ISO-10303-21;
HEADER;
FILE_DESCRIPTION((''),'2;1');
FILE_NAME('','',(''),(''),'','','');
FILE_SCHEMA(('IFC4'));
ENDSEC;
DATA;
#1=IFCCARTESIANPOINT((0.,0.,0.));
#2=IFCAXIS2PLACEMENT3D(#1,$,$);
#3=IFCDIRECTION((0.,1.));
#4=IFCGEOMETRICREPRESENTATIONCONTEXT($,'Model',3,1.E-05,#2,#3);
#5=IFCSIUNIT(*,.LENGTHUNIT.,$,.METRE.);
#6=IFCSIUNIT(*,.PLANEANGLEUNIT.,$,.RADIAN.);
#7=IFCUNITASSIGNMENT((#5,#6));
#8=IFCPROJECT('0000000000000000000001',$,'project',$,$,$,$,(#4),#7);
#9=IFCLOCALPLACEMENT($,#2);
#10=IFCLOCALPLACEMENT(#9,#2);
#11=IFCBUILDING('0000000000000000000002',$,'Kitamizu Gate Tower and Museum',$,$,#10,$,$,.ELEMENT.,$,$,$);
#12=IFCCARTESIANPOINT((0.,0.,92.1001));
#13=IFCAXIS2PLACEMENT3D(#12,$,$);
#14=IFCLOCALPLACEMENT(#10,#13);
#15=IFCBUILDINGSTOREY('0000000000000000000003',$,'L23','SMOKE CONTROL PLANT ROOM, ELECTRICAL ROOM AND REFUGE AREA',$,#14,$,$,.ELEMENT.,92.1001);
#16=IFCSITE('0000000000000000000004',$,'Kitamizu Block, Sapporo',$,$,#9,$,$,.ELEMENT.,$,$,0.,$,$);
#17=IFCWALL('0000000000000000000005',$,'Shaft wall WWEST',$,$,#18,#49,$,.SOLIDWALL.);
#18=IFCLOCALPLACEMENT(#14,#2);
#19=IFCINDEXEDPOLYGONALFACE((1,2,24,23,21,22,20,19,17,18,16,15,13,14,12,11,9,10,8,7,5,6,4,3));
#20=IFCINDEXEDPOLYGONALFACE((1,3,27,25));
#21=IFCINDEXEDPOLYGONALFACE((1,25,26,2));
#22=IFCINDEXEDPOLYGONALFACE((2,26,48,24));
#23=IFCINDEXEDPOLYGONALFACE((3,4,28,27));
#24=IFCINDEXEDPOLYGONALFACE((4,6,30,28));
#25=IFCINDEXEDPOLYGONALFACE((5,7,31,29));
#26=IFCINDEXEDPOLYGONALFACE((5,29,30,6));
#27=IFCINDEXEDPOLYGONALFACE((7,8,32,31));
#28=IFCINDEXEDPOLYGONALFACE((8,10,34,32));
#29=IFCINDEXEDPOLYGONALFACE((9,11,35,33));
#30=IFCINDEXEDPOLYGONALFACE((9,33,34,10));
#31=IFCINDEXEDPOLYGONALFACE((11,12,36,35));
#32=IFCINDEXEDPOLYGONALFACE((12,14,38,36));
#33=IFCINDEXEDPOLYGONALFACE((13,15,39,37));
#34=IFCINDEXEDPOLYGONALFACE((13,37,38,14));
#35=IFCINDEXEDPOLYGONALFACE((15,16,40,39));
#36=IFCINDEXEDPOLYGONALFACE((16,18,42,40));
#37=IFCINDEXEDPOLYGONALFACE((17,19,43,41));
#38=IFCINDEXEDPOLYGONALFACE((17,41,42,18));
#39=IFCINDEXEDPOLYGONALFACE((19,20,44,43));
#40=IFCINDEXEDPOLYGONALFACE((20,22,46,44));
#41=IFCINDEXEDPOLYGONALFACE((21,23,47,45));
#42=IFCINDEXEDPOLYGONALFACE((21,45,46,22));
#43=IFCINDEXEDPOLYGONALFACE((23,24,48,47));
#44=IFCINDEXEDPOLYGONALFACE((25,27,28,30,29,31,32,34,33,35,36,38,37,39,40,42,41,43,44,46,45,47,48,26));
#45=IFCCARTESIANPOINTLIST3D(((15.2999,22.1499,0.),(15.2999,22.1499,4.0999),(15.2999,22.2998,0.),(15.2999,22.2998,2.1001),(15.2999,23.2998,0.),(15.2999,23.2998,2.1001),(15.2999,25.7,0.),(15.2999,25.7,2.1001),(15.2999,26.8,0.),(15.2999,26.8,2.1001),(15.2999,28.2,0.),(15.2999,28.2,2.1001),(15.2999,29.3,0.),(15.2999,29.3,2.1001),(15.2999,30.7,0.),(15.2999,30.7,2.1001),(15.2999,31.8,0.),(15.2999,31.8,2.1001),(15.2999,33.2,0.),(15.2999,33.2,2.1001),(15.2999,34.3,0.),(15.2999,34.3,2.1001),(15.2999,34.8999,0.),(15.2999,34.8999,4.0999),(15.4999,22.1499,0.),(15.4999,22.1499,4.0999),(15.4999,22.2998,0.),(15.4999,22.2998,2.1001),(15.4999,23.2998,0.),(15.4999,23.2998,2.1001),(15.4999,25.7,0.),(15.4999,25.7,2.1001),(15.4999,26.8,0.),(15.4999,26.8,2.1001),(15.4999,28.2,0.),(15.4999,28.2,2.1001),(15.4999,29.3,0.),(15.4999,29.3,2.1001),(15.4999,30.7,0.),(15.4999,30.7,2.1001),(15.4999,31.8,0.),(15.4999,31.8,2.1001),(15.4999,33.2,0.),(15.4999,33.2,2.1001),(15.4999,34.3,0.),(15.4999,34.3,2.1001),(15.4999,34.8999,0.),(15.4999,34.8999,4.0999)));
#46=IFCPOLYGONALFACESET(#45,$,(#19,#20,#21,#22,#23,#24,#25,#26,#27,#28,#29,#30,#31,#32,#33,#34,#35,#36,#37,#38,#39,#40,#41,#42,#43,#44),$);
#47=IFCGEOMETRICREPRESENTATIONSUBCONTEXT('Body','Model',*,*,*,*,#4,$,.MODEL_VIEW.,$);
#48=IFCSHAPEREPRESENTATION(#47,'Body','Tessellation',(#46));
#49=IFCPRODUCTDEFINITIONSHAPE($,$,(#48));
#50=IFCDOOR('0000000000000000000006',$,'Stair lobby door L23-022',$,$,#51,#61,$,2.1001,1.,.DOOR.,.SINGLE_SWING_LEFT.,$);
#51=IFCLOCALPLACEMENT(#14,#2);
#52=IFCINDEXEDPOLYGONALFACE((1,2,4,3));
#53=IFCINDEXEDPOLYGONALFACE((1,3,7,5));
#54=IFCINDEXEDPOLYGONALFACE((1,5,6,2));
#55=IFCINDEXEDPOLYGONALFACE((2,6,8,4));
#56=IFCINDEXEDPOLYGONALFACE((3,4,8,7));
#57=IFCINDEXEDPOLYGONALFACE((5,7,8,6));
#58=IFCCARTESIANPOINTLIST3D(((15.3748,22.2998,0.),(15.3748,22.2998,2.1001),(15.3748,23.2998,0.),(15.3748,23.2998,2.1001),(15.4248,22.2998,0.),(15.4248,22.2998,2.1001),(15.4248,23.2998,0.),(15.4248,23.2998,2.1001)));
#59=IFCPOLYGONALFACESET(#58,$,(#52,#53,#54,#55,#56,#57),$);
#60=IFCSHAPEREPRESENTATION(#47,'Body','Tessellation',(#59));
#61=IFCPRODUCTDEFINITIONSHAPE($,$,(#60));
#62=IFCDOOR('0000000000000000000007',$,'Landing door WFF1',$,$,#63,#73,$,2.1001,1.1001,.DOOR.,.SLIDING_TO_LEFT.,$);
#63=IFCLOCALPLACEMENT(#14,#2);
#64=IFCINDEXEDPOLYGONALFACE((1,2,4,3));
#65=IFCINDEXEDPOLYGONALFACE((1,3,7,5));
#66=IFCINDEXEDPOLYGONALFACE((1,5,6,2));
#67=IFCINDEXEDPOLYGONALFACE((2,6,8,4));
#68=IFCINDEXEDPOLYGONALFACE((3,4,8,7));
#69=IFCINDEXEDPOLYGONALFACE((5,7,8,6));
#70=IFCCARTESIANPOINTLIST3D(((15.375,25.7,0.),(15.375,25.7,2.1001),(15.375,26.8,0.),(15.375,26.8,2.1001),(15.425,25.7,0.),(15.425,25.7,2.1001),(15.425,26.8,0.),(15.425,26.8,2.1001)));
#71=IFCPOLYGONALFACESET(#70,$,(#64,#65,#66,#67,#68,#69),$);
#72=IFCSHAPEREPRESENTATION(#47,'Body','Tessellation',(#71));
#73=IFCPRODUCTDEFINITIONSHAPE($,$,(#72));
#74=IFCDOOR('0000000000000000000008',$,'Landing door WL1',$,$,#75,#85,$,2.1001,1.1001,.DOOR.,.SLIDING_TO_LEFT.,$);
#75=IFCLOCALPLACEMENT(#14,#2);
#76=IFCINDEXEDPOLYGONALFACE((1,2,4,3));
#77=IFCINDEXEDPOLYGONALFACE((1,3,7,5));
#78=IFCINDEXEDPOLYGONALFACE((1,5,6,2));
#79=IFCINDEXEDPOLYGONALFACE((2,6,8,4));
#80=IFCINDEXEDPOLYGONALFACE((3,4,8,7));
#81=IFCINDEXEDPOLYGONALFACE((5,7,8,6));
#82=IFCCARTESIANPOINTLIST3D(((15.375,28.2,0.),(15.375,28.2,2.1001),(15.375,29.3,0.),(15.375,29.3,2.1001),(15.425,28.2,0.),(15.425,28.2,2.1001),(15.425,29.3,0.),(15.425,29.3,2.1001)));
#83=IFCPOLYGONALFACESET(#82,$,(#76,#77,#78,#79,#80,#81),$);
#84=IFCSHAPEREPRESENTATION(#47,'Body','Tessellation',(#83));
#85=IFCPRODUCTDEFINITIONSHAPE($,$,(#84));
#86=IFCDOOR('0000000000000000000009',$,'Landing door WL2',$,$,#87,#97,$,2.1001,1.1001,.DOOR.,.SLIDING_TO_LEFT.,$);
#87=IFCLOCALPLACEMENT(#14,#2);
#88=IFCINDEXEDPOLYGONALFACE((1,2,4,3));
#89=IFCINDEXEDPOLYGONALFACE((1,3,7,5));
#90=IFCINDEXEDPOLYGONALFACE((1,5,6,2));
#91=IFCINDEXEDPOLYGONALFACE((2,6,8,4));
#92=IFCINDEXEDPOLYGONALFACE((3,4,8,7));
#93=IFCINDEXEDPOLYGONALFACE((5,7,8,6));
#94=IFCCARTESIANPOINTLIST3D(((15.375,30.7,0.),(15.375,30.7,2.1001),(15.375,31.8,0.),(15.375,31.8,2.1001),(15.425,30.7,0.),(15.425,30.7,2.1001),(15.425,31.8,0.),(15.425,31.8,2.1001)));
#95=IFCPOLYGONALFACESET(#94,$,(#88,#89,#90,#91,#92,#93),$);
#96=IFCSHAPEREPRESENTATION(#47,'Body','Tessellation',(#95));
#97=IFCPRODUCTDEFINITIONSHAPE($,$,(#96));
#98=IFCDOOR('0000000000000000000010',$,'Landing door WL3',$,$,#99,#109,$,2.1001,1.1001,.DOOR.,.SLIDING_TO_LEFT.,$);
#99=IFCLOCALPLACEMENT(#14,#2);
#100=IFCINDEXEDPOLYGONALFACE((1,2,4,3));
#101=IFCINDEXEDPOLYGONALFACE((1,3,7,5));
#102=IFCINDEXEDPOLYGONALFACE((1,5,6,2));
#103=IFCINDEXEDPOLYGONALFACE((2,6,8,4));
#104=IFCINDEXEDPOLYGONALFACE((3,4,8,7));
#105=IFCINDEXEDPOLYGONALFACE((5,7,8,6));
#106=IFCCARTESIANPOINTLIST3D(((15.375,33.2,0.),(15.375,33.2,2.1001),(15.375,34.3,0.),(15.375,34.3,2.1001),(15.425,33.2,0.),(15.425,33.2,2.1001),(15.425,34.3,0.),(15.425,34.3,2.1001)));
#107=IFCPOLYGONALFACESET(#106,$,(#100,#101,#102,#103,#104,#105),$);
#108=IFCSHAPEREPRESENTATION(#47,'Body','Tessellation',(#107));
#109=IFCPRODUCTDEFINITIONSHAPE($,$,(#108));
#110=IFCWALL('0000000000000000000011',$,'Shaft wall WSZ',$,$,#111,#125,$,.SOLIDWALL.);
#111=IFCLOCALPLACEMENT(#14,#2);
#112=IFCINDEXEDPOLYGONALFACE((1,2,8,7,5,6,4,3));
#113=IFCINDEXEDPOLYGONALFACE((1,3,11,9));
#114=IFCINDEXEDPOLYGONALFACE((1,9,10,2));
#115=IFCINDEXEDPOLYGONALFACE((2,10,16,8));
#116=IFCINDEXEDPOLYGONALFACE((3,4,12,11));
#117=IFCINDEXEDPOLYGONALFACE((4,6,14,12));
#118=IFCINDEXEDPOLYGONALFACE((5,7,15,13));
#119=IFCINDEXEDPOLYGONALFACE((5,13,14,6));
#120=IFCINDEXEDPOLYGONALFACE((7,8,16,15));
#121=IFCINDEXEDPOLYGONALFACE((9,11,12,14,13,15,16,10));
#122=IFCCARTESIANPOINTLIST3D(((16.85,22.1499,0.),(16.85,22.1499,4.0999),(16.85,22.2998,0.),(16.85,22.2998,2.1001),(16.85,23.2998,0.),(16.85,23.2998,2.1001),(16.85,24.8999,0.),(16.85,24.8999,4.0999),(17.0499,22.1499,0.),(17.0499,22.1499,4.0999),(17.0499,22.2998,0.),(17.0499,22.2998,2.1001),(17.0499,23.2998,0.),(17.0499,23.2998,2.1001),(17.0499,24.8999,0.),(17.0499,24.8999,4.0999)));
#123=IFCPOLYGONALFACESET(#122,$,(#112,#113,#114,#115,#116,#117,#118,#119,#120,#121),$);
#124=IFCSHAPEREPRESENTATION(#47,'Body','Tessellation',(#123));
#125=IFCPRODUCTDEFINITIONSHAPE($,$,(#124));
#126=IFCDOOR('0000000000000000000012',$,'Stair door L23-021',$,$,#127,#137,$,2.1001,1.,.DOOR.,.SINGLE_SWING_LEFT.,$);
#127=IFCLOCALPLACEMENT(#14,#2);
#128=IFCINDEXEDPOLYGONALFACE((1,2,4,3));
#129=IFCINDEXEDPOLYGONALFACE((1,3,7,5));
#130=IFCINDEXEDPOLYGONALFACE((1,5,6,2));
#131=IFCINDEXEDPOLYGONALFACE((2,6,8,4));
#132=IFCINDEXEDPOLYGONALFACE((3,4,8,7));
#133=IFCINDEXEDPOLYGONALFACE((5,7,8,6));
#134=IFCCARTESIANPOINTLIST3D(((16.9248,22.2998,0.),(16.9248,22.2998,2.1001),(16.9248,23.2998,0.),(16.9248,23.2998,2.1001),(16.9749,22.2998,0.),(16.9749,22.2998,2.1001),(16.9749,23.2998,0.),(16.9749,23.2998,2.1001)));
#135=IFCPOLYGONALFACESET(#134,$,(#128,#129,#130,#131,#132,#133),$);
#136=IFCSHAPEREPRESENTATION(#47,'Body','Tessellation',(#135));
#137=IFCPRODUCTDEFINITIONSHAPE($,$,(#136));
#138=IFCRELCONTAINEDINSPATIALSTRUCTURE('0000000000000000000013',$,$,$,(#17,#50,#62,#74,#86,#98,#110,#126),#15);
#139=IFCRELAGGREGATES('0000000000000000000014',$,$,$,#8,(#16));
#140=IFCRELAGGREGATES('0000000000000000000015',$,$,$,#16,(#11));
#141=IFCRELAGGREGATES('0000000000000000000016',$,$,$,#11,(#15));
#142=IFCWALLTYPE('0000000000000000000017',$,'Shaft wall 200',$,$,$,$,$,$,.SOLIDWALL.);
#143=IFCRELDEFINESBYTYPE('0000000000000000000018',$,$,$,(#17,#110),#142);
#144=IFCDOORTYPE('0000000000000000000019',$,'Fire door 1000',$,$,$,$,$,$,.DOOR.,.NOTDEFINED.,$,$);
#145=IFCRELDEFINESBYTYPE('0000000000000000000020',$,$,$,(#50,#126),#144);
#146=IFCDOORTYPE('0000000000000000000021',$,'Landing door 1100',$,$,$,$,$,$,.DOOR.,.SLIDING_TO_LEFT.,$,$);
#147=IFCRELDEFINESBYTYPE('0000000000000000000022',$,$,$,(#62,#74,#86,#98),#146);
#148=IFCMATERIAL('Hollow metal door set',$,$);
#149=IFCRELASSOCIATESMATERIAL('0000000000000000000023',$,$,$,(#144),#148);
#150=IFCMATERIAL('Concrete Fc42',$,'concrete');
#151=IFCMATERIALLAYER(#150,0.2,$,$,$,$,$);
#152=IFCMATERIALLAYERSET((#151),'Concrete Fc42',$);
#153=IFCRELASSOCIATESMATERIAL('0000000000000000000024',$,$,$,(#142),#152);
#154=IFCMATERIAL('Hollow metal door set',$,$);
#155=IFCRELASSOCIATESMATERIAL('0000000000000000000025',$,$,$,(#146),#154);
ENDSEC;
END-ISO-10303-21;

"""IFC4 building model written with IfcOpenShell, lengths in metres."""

from ifc_helpers import new_model, si_unit, direction, frame, frame_2d, origin, place, context, subcontext, project, spatial, rectangle, extrude, material, layer, layer_set, type_object, element, fill, save


model = new_model("IFC4")

# Units and contexts
model_context = context("Model", 3, precision=1e-05, world=origin(), true_north=direction((0.0, 1.0)))
body_context = subcontext(model_context, "Body", "Model", "MODEL_VIEW")
ifc_project = project(units=[si_unit("LENGTHUNIT", "METRE"), si_unit("PLANEANGLEUNIT", "RADIAN")], contexts=[model_context])

# Site, building, storey
site_placement = place(None, origin())
site = spatial("IfcSite", under=ifc_project, at=site_placement, Name="Kitamizu Block, Sapporo", CompositionType="ELEMENT", RefElevation=0.0)
building_placement = place(site_placement, origin())
building = spatial("IfcBuilding", under=site, at=building_placement, Name="Kitamizu Gate Tower and Museum", CompositionType="ELEMENT")
storey_placement = place(building_placement, frame((0.0, 0.0, 92.1001)))
storey = spatial("IfcBuildingStorey", under=building, at=storey_placement, Name="L23", Description="SMOKE CONTROL PLANT ROOM, ELECTRICAL ROOM AND REFUGE AREA", CompositionType="ELEMENT", Elevation=92.1001)

# Shared definitions
ifc_material_1 = material(Name="Hollow metal door set")
door_type_1 = type_object("IfcDoorType", Name="Fire door 1000", OperationType="NOTDEFINED", PredefinedType="DOOR", material=ifc_material_1)

# Wall, openings, doors
ifc_material_2 = material(Name="Concrete Fc42", Category="concrete")
ifc_layer_1 = layer(ifc_material_2, 0.2)
ifc_layer_set_1 = layer_set([ifc_layer_1], Name="Concrete Fc42")
wall_type_1 = type_object("IfcWallType", Name="Shaft wall 200", PredefinedType="SOLIDWALL", material=ifc_layer_set_1)
wall_1_placement = place(storey_placement, frame((15.3999, 22.1499, 0.0), z_axis=(0.0, 0.0, 1.0), x_axis=(0.0, 1.0, 0.0)))
wall_1 = element("IfcWall", 1, at=wall_1_placement, inside=storey, type_object=wall_type_1, Name="Shaft wall WWEST", PredefinedType="SOLIDWALL", context=body_context, shape_type="SweptSolid", body=[
    extrude(rectangle(XDim=12.75, YDim=0.2, at=frame_2d((6.375, 0.0))), origin(), (0.0, 0.0, 1.0), 4.0999),
])
opening_1_placement = place(wall_1_placement, frame((3.55, 0.0, 0.0)))
opening_1 = element("IfcOpeningElement", 2, at=opening_1_placement, cuts=wall_1, PredefinedType="OPENING", context=body_context, shape_type="SweptSolid", body=[
    extrude(rectangle(XDim=1.1001, YDim=2.1001, at=frame_2d((0.55, 1.05))), frame((0.0, 0.1099, 0.0), z_axis=(0.0, -1.0, 0.0), x_axis=(1.0, 0.0, 0.0)), (0.0, 0.0, 1.0), 0.22),
])
opening_2_placement = place(wall_1_placement, frame((6.05, 0.0, 0.0)))
opening_2 = element("IfcOpeningElement", 3, at=opening_2_placement, cuts=wall_1, PredefinedType="OPENING", context=body_context, shape_type="SweptSolid", body=[
    extrude(rectangle(XDim=1.1001, YDim=2.1001, at=frame_2d((0.55, 1.05))), frame((0.0, 0.1099, 0.0), z_axis=(0.0, -1.0, 0.0), x_axis=(1.0, 0.0, 0.0)), (0.0, 0.0, 1.0), 0.22),
])
opening_3_placement = place(wall_1_placement, frame((8.55, 0.0, 0.0)))
opening_3 = element("IfcOpeningElement", 4, at=opening_3_placement, cuts=wall_1, PredefinedType="OPENING", context=body_context, shape_type="SweptSolid", body=[
    extrude(rectangle(XDim=1.1001, YDim=2.1001, at=frame_2d((0.55, 1.05))), frame((0.0, 0.1099, 0.0), z_axis=(0.0, -1.0, 0.0), x_axis=(1.0, 0.0, 0.0)), (0.0, 0.0, 1.0), 0.22),
])
opening_4_placement = place(wall_1_placement, frame((11.05, 0.0, 0.0)))
opening_4 = element("IfcOpeningElement", 5, at=opening_4_placement, cuts=wall_1, PredefinedType="OPENING", context=body_context, shape_type="SweptSolid", body=[
    extrude(rectangle(XDim=1.1001, YDim=2.1001, at=frame_2d((0.55, 1.05))), frame((0.0, 0.1099, 0.0), z_axis=(0.0, -1.0, 0.0), x_axis=(1.0, 0.0, 0.0)), (0.0, 0.0, 1.0), 0.22),
])
opening_5_placement = place(wall_1_placement, frame((0.1499, 0.0, 0.0)))
opening_5 = element("IfcOpeningElement", 6, at=opening_5_placement, cuts=wall_1, PredefinedType="OPENING", context=body_context, shape_type="SweptSolid", body=[
    extrude(rectangle(XDim=1.0, YDim=2.1001, at=frame_2d((0.5, 1.05))), frame((0.0, 0.1099, 0.0), z_axis=(0.0, -1.0, 0.0), x_axis=(1.0, 0.0, 0.0)), (0.0, 0.0, 1.0), 0.22),
])
door_1_placement = place(opening_5_placement, frame((1.0, 0.0, 0.0), x_axis=(-1.0, 0.0, 0.0)))
door_1 = element("IfcDoor", 7, at=door_1_placement, inside=storey, type_object=door_type_1, Name="Stair lobby door L23-022", OperationType="SINGLE_SWING_LEFT", OverallHeight=2.1001, OverallWidth=1.0, PredefinedType="DOOR", context=body_context, shape_type="SweptSolid", body=[
    extrude(rectangle(XDim=1.0, YDim=2.1001, at=frame_2d((0.5, 1.05))), frame((0.0, 0.0249, 0.0), z_axis=(0.0, -1.0, 0.0), x_axis=(1.0, 0.0, 0.0)), (0.0, 0.0, 1.0), 0.05),
])
fill(opening_5, door_1)
ifc_material_3 = material(Name="Hollow metal door set")
door_type_2 = type_object("IfcDoorType", Name="Landing door 1100", OperationType="SLIDING_TO_LEFT", PredefinedType="DOOR", material=ifc_material_3)
door_2_placement = place(opening_1_placement, origin())
door_2 = element("IfcDoor", 8, at=door_2_placement, inside=storey, type_object=door_type_2, Name="Landing door WFF1", OperationType="SLIDING_TO_LEFT", OverallHeight=2.1001, OverallWidth=1.1001, PredefinedType="DOOR", context=body_context, shape_type="SweptSolid", body=[
    extrude(rectangle(XDim=1.1001, YDim=2.1001, at=frame_2d((0.55, 1.05))), frame((0.0, 0.0249, 0.0), z_axis=(0.0, -1.0, 0.0), x_axis=(1.0, 0.0, 0.0)), (0.0, 0.0, 1.0), 0.05),
])
fill(opening_1, door_2)
door_3_placement = place(opening_2_placement, origin())
door_3 = element("IfcDoor", 9, at=door_3_placement, inside=storey, type_object=door_type_2, Name="Landing door WL1", OperationType="SLIDING_TO_LEFT", OverallHeight=2.1001, OverallWidth=1.1001, PredefinedType="DOOR", context=body_context, shape_type="SweptSolid", body=[
    extrude(rectangle(XDim=1.1001, YDim=2.1001, at=frame_2d((0.55, 1.05))), frame((0.0, 0.0249, 0.0), z_axis=(0.0, -1.0, 0.0), x_axis=(1.0, 0.0, 0.0)), (0.0, 0.0, 1.0), 0.05),
])
fill(opening_2, door_3)
door_4_placement = place(opening_3_placement, origin())
door_4 = element("IfcDoor", 10, at=door_4_placement, inside=storey, type_object=door_type_2, Name="Landing door WL2", OperationType="SLIDING_TO_LEFT", OverallHeight=2.1001, OverallWidth=1.1001, PredefinedType="DOOR", context=body_context, shape_type="SweptSolid", body=[
    extrude(rectangle(XDim=1.1001, YDim=2.1001, at=frame_2d((0.55, 1.05))), frame((0.0, 0.0249, 0.0), z_axis=(0.0, -1.0, 0.0), x_axis=(1.0, 0.0, 0.0)), (0.0, 0.0, 1.0), 0.05),
])
fill(opening_3, door_4)
door_5_placement = place(opening_4_placement, origin())
door_5 = element("IfcDoor", 11, at=door_5_placement, inside=storey, type_object=door_type_2, Name="Landing door WL3", OperationType="SLIDING_TO_LEFT", OverallHeight=2.1001, OverallWidth=1.1001, PredefinedType="DOOR", context=body_context, shape_type="SweptSolid", body=[
    extrude(rectangle(XDim=1.1001, YDim=2.1001, at=frame_2d((0.55, 1.05))), frame((0.0, 0.0249, 0.0), z_axis=(0.0, -1.0, 0.0), x_axis=(1.0, 0.0, 0.0)), (0.0, 0.0, 1.0), 0.05),
])
fill(opening_4, door_5)

# Wall, opening, door
wall_2_placement = place(storey_placement, frame((16.95, 22.1499, 0.0), z_axis=(0.0, 0.0, 1.0), x_axis=(0.0, 1.0, 0.0)))
wall_2 = element("IfcWall", 12, at=wall_2_placement, inside=storey, type_object=wall_type_1, Name="Shaft wall WSZ", PredefinedType="SOLIDWALL", context=body_context, shape_type="SweptSolid", body=[
    extrude(rectangle(XDim=2.75, YDim=0.2, at=frame_2d((1.375, 0.0))), origin(), (0.0, 0.0, 1.0), 4.0999),
])
opening_6_placement = place(wall_2_placement, frame((0.1499, 0.0, 0.0)))
opening_6 = element("IfcOpeningElement", 13, at=opening_6_placement, cuts=wall_2, PredefinedType="OPENING", context=body_context, shape_type="SweptSolid", body=[
    extrude(rectangle(XDim=1.0, YDim=2.1001, at=frame_2d((0.5, 1.05))), frame((0.0, 0.1099, 0.0), z_axis=(0.0, -1.0, 0.0), x_axis=(1.0, 0.0, 0.0)), (0.0, 0.0, 1.0), 0.22),
])
door_6_placement = place(opening_6_placement, frame((1.0, 0.0, 0.0), x_axis=(-1.0, 0.0, 0.0)))
door_6 = element("IfcDoor", 14, at=door_6_placement, inside=storey, type_object=door_type_1, Name="Stair door L23-021", OperationType="SINGLE_SWING_LEFT", OverallHeight=2.1001, OverallWidth=1.0, PredefinedType="DOOR", context=body_context, shape_type="SweptSolid", body=[
    extrude(rectangle(XDim=1.0, YDim=2.1001, at=frame_2d((0.5, 1.05))), frame((0.0, 0.0249, 0.0), z_axis=(0.0, -1.0, 0.0), x_axis=(1.0, 0.0, 0.0)), (0.0, 0.0, 1.0), 0.05),
])
fill(opening_6, door_6)

save(model, "model.ifc")
